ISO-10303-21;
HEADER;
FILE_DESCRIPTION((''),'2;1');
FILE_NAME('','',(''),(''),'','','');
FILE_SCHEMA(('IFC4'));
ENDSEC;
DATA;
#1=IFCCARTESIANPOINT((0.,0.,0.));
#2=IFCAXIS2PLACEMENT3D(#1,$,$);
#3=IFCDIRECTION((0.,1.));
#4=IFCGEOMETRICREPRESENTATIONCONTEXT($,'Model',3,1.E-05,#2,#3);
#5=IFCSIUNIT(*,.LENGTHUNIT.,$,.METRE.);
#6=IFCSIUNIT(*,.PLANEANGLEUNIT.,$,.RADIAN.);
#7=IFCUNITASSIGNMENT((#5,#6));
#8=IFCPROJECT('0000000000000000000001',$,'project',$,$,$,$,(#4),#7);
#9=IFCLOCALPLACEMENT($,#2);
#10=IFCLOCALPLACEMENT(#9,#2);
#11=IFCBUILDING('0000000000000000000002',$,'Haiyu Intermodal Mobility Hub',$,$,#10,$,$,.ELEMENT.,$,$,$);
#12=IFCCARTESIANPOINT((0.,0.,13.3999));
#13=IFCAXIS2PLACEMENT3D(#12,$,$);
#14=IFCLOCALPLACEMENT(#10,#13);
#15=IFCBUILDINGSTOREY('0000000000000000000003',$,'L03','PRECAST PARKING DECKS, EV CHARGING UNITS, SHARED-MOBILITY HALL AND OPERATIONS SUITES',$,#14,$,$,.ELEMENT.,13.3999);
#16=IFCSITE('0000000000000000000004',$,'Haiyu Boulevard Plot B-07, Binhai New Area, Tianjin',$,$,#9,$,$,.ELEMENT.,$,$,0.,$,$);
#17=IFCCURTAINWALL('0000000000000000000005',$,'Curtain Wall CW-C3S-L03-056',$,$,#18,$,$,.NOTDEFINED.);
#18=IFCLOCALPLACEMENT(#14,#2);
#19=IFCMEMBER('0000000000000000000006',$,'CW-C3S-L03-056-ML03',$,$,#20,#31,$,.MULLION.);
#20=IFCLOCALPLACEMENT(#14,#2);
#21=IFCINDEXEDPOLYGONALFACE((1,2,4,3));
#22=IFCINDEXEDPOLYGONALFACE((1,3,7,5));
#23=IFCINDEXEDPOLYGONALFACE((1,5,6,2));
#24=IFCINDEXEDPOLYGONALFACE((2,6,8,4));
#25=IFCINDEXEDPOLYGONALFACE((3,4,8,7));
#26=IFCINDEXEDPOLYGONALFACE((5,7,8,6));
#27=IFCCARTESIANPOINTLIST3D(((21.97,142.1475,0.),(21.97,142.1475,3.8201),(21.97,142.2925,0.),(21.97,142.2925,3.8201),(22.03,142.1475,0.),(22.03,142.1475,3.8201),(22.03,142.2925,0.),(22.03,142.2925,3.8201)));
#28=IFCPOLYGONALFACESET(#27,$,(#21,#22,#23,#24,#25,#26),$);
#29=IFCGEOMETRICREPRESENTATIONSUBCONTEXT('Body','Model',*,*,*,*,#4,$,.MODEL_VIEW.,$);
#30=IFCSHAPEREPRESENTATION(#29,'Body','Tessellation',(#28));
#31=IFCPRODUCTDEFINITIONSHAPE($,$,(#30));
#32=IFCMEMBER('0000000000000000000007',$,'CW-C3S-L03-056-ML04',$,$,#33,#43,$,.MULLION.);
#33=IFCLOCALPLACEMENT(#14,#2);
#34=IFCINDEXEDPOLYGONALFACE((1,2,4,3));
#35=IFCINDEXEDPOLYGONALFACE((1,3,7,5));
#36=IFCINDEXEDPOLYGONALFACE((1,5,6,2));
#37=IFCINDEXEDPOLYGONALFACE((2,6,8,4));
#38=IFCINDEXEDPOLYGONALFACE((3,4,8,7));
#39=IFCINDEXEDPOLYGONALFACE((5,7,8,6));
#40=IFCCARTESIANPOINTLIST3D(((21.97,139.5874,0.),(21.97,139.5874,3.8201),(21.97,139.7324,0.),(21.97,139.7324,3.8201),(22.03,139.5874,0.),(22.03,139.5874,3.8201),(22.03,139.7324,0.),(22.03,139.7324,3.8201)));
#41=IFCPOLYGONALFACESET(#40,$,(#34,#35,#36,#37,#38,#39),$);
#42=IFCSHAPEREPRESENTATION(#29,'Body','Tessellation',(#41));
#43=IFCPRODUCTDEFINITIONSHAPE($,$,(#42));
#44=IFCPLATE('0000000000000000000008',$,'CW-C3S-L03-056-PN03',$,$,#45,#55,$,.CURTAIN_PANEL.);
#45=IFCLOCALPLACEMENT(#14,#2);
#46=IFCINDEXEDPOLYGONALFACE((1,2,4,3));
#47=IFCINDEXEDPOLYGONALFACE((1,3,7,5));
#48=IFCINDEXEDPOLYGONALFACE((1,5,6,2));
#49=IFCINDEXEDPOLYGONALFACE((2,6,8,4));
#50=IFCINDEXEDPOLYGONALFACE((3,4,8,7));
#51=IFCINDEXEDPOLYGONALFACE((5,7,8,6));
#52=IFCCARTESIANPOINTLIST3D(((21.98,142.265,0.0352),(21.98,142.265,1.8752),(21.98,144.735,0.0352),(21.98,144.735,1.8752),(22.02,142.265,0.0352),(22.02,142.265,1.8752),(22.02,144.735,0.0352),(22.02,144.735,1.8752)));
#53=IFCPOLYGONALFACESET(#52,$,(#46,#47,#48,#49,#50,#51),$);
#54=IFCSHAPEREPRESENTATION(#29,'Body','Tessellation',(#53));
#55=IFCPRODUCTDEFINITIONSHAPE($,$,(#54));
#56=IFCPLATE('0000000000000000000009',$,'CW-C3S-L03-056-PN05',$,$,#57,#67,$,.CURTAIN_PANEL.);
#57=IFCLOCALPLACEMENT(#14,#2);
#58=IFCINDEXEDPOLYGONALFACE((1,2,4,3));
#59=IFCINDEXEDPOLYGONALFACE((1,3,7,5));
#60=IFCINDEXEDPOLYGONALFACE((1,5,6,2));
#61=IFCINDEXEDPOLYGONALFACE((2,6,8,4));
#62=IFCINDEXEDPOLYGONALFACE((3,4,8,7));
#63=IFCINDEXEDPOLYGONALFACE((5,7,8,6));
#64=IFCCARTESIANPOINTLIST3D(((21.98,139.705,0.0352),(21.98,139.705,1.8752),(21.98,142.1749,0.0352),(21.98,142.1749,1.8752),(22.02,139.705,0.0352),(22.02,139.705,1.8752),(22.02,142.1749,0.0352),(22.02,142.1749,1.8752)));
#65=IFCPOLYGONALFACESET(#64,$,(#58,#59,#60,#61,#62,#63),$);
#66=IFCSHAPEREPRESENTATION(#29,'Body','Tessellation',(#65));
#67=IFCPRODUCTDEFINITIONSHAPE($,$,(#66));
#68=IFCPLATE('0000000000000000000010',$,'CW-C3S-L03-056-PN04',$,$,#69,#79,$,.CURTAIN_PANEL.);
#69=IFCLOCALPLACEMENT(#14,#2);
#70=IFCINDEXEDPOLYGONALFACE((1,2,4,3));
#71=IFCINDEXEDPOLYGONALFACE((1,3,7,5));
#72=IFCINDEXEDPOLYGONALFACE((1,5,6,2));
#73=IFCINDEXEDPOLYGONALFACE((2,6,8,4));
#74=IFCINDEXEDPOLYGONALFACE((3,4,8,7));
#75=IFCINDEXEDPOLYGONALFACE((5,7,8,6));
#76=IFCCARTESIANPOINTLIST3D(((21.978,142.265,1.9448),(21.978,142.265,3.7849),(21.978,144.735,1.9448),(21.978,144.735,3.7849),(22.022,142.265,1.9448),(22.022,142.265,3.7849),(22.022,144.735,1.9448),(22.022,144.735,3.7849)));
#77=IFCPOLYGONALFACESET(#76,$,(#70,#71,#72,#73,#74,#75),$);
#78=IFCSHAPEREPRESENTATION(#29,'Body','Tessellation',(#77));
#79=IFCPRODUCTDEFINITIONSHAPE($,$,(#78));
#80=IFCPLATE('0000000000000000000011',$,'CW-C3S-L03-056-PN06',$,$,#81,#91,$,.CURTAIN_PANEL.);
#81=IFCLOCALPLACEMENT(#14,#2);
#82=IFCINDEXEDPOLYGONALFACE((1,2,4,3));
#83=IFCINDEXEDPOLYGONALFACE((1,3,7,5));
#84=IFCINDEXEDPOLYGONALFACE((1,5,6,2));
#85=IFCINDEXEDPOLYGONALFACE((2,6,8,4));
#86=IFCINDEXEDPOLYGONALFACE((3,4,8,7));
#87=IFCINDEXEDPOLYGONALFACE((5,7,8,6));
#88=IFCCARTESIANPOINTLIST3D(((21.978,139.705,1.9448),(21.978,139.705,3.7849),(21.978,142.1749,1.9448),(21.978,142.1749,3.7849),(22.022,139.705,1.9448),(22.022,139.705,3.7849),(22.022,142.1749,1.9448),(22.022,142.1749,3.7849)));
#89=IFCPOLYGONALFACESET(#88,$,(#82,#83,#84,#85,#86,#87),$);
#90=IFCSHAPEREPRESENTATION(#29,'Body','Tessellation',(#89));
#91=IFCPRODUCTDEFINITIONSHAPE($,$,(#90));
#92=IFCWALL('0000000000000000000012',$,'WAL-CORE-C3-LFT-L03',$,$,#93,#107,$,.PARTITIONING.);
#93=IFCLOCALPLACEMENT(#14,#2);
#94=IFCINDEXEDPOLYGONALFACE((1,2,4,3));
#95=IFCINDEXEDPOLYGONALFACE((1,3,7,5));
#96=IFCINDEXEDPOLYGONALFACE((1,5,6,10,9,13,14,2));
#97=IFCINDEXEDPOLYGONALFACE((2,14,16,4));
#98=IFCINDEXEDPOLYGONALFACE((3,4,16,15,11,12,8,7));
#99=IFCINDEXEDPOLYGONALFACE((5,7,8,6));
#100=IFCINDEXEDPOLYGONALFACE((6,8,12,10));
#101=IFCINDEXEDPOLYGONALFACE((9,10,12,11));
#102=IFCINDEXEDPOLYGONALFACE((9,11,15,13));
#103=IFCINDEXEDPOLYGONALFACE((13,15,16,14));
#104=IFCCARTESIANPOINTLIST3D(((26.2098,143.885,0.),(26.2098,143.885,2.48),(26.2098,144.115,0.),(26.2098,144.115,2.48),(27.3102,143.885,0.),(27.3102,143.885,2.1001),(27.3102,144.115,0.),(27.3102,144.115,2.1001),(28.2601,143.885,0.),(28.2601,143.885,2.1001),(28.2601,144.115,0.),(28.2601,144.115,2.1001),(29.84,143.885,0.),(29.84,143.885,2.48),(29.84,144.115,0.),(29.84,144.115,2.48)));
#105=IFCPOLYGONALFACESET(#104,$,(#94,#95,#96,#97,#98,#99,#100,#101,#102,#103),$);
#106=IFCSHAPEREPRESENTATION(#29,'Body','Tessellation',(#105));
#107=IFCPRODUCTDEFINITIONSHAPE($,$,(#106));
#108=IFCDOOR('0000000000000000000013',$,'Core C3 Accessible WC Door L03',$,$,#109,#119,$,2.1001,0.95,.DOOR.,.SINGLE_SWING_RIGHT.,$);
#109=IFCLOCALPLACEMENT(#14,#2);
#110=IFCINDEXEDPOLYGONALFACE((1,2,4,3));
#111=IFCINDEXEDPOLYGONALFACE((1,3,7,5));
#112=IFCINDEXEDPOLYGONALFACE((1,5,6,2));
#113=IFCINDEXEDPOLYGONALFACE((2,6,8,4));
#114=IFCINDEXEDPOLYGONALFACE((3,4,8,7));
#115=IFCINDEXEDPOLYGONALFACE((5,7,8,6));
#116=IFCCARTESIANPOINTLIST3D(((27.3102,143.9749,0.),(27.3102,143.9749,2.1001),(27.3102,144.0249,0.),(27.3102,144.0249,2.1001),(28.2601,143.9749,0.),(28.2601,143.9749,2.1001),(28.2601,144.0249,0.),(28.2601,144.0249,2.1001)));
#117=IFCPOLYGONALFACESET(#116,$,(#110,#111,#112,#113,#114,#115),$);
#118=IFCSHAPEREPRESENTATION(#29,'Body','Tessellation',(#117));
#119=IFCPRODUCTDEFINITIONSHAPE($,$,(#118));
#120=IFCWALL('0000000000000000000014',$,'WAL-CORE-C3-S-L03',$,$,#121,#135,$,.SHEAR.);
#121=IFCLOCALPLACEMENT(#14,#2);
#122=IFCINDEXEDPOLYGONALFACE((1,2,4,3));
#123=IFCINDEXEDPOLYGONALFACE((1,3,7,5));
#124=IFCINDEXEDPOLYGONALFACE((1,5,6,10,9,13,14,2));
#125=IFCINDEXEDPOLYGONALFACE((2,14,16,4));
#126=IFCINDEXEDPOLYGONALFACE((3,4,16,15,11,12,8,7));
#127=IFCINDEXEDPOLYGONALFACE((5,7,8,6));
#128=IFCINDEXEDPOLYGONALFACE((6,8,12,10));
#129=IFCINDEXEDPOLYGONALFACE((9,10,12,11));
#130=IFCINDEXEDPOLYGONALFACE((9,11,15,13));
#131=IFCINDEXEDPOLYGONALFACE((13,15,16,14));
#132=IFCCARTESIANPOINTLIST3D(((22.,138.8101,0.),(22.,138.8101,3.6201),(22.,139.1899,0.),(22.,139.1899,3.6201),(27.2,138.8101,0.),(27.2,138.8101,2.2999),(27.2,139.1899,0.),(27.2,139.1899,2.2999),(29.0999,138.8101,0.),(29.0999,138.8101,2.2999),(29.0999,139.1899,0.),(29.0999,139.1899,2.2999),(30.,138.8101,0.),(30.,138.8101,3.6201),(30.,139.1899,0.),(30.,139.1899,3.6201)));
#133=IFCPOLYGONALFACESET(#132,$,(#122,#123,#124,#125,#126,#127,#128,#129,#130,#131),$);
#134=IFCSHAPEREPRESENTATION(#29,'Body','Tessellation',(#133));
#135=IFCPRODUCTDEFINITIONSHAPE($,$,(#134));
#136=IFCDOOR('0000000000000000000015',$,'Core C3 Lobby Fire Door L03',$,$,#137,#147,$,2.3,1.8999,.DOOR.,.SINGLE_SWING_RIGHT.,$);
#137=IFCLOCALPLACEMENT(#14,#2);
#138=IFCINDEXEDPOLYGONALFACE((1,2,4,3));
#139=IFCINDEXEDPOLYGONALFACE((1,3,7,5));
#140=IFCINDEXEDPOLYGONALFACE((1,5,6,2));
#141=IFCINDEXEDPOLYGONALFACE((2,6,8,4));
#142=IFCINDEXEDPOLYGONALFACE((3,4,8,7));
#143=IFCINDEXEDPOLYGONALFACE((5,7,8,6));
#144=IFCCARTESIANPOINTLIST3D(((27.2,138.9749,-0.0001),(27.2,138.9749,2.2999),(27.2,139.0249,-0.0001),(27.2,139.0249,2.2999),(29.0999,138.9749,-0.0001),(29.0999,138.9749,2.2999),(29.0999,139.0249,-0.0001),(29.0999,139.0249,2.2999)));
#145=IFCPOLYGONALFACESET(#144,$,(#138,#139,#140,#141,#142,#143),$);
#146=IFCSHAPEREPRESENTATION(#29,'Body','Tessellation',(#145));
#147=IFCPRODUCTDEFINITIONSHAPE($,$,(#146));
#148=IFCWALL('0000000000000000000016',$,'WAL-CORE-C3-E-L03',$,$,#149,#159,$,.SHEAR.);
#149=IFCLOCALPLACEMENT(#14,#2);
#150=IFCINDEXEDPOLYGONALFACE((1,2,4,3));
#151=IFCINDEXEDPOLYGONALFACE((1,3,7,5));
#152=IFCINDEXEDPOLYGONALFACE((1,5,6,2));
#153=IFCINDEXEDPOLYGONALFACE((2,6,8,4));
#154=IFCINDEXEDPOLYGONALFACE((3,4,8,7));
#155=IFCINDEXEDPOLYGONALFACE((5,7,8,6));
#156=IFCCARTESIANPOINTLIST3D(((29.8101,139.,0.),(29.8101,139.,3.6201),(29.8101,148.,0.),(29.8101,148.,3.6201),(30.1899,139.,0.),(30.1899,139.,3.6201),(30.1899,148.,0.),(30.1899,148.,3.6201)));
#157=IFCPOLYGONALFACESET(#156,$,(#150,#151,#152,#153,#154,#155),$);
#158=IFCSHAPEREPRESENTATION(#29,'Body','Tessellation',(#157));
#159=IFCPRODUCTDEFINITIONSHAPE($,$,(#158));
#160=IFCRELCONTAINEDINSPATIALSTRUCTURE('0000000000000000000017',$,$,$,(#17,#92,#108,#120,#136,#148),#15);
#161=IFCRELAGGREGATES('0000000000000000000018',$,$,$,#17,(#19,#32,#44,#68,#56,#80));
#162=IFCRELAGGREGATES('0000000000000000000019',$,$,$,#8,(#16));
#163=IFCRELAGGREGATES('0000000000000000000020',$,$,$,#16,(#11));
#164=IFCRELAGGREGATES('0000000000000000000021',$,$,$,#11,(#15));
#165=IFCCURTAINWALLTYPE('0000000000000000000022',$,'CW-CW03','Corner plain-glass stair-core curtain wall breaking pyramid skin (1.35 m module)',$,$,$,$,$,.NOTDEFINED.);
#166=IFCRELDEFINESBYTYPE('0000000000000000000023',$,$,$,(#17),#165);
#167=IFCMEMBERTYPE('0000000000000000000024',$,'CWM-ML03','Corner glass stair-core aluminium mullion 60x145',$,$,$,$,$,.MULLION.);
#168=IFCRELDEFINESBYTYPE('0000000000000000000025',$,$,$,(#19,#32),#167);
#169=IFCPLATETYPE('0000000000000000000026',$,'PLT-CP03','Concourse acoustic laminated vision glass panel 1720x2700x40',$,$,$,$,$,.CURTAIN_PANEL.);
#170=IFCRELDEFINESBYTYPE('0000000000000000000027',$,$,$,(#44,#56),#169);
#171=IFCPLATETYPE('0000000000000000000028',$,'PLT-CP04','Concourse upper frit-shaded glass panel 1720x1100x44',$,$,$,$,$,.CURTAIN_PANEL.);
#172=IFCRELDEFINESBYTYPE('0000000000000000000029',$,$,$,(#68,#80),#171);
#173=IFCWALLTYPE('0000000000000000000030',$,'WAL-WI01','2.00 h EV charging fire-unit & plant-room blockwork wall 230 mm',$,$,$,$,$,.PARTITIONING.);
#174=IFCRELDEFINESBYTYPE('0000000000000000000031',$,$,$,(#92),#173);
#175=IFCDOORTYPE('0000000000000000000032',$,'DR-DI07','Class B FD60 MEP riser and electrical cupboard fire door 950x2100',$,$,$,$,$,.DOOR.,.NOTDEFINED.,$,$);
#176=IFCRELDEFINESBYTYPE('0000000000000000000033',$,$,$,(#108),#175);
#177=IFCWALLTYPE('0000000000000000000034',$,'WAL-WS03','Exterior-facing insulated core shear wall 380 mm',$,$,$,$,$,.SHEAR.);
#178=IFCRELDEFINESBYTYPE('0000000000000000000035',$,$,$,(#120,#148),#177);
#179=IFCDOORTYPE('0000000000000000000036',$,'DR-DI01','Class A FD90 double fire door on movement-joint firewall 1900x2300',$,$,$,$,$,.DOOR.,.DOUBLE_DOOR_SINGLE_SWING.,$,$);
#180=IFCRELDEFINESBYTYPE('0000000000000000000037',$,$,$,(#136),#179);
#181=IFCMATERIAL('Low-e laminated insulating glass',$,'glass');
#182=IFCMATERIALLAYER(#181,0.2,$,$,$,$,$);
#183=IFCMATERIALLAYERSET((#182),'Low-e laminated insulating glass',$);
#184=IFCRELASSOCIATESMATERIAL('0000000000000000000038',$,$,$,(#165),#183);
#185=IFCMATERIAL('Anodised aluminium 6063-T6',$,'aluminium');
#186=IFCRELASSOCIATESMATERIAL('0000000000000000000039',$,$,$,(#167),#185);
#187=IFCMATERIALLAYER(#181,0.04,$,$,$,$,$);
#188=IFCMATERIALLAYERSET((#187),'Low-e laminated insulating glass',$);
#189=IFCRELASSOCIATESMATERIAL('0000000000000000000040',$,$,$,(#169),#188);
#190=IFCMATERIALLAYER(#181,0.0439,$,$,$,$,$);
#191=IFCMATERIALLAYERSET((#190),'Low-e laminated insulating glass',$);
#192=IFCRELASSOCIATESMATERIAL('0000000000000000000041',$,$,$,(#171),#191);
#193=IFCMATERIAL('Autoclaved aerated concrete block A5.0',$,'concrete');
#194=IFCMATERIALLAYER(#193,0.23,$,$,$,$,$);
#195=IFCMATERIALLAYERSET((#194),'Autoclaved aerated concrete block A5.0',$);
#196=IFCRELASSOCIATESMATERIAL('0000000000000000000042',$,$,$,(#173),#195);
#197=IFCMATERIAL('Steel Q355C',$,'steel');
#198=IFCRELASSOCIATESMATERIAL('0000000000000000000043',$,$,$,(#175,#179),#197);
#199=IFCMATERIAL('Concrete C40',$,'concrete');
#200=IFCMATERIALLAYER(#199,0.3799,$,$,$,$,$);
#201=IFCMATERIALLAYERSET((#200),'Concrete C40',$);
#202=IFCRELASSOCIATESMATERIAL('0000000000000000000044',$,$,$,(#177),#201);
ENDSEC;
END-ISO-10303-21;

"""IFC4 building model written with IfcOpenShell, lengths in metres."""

from ifc_helpers import new_model, si_unit, direction, frame, frame_2d, origin, origin_2d, place, context, subcontext, project, spatial, rectangle, extrude, material, layer, layer_set, material_profile, profile_set, type_object, element, fill, aggregate, save


model = new_model("IFC4")

# Units and contexts
model_context = context("Model", 3, precision=1e-05, world=origin(), true_north=direction((0.0, 1.0)))
body_context = subcontext(model_context, "Body", "Model", "MODEL_VIEW")
ifc_project = project(units=[si_unit("LENGTHUNIT", "METRE"), si_unit("PLANEANGLEUNIT", "RADIAN")], contexts=[model_context])

# Site, building, storey
site_placement = place(None, origin())
site = spatial("IfcSite", under=ifc_project, at=site_placement, Name="Haiyu Boulevard Plot B-07, Binhai New Area, Tianjin", CompositionType="ELEMENT", RefElevation=0.0)
building_placement = place(site_placement, origin())
building = spatial("IfcBuilding", under=site, at=building_placement, Name="Haiyu Intermodal Mobility Hub", CompositionType="ELEMENT")
storey_placement = place(building_placement, frame((0.0, 0.0, 13.3999)))
storey = spatial("IfcBuildingStorey", under=building, at=storey_placement, Name="L03", Description="PRECAST PARKING DECKS, EV CHARGING UNITS, SHARED-MOBILITY HALL AND OPERATIONS SUITES", CompositionType="ELEMENT", Elevation=13.3999)

# Shared definitions
ifc_material_1 = material(Name="Steel Q355C", Category="steel")

# Curtain wall, members, plates
ifc_material_2 = material(Name="Low-e laminated insulating glass", Category="glass")
ifc_layer_1 = layer(ifc_material_2, 0.2)
ifc_layer_set_1 = layer_set([ifc_layer_1], Name="Low-e laminated insulating glass")
curtain_wall_type = type_object("IfcCurtainWallType", Name="CW-CW03", Description="Corner plain-glass stair-core curtain wall breaking pyramid skin (1.35 m module)", PredefinedType="NOTDEFINED", material=ifc_layer_set_1)
curtain_wall_placement = place(storey_placement, origin())
curtain_wall = element("IfcCurtainWall", 1, at=curtain_wall_placement, inside=storey, type_object=curtain_wall_type, Name="Curtain Wall CW-C3S-L03-056", PredefinedType="NOTDEFINED")
ifc_material_3 = material(Name="Anodised aluminium 6063-T6", Category="aluminium")
ifc_material_profile_1 = material_profile(ifc_material_3, rectangle(XDim=0.0601, YDim=0.145, at=origin_2d()), Name="ALU60x145")
ifc_profile_set_1 = profile_set([ifc_material_profile_1], Name="Anodised aluminium 6063-T6")
member_type = type_object("IfcMemberType", Name="CWM-ML03", Description="Corner glass stair-core aluminium mullion 60x145", PredefinedType="MULLION", material=ifc_profile_set_1)
member_1_placement = place(storey_placement, frame((22.0, 142.22, 0.0), z_axis=(0.0, 0.0, 1.0), x_axis=(1.0, 0.0, 0.0)))
member_1 = element("IfcMember", 2, at=member_1_placement, type_object=member_type, Name="CW-C3S-L03-056-ML03", PredefinedType="MULLION", context=body_context, shape_type="SweptSolid", body=[
    extrude(rectangle(XDim=0.0601, YDim=0.145, at=origin_2d()), origin(), (0.0, 0.0, 1.0), 3.8201),
])
member_2_placement = place(storey_placement, frame((22.0, 139.6599, 0.0), z_axis=(0.0, 0.0, 1.0), x_axis=(1.0, 0.0, 0.0)))
member_2 = element("IfcMember", 3, at=member_2_placement, type_object=member_type, Name="CW-C3S-L03-056-ML04", PredefinedType="MULLION", context=body_context, shape_type="SweptSolid", body=[
    extrude(rectangle(XDim=0.0601, YDim=0.145, at=origin_2d()), origin(), (0.0, 0.0, 1.0), 3.8201),
])
ifc_layer_2 = layer(ifc_material_2, 0.04)
ifc_layer_set_2 = layer_set([ifc_layer_2], Name="Low-e laminated insulating glass")
plate_type_1 = type_object("IfcPlateType", Name="PLT-CP03", Description="Concourse acoustic laminated vision glass panel 1720x2700x40", PredefinedType="CURTAIN_PANEL", material=ifc_layer_set_2)
plate_1_placement = place(storey_placement, frame((22.0, 143.5, 0.0352), z_axis=(0.0, 0.0, 1.0), x_axis=(0.0, -1.0, 0.0)))
plate_1 = element("IfcPlate", 4, at=plate_1_placement, type_object=plate_type_1, Name="CW-C3S-L03-056-PN03", PredefinedType="CURTAIN_PANEL", context=body_context, shape_type="SweptSolid", body=[
    extrude(rectangle(XDim=2.47, YDim=0.04, at=origin_2d()), origin(), (0.0, 0.0, 1.0), 1.8401),
])
plate_2_placement = place(storey_placement, frame((22.0, 140.9399, 0.0352), z_axis=(0.0, 0.0, 1.0), x_axis=(0.0, -1.0, 0.0)))
plate_2 = element("IfcPlate", 5, at=plate_2_placement, type_object=plate_type_1, Name="CW-C3S-L03-056-PN05", PredefinedType="CURTAIN_PANEL", context=body_context, shape_type="SweptSolid", body=[
    extrude(rectangle(XDim=2.47, YDim=0.04, at=origin_2d()), origin(), (0.0, 0.0, 1.0), 1.8401),
])
ifc_layer_3 = layer(ifc_material_2, 0.0439)
ifc_layer_set_3 = layer_set([ifc_layer_3], Name="Low-e laminated insulating glass")
plate_type_2 = type_object("IfcPlateType", Name="PLT-CP04", Description="Concourse upper frit-shaded glass panel 1720x1100x44", PredefinedType="CURTAIN_PANEL", material=ifc_layer_set_3)
plate_3_placement = place(storey_placement, frame((22.0, 143.5, 1.9448), z_axis=(0.0, 0.0, 1.0), x_axis=(0.0, -1.0, 0.0)))
plate_3 = element("IfcPlate", 6, at=plate_3_placement, type_object=plate_type_2, Name="CW-C3S-L03-056-PN04", PredefinedType="CURTAIN_PANEL", context=body_context, shape_type="SweptSolid", body=[
    extrude(rectangle(XDim=2.47, YDim=0.0439, at=origin_2d()), origin(), (0.0, 0.0, 1.0), 1.8401),
])
plate_4_placement = place(storey_placement, frame((22.0, 140.9399, 1.9448), z_axis=(0.0, 0.0, 1.0), x_axis=(0.0, -1.0, 0.0)))
plate_4 = element("IfcPlate", 7, at=plate_4_placement, type_object=plate_type_2, Name="CW-C3S-L03-056-PN06", PredefinedType="CURTAIN_PANEL", context=body_context, shape_type="SweptSolid", body=[
    extrude(rectangle(XDim=2.47, YDim=0.0439, at=origin_2d()), origin(), (0.0, 0.0, 1.0), 1.8401),
])
aggregate(curtain_wall, [member_1, member_2, plate_1, plate_3, plate_2, plate_4])

# Walls, openings, doors
ifc_material_4 = material(Name="Autoclaved aerated concrete block A5.0", Category="concrete")
ifc_layer_4 = layer(ifc_material_4, 0.23)
ifc_layer_set_4 = layer_set([ifc_layer_4], Name="Autoclaved aerated concrete block A5.0")
wall_type_1 = type_object("IfcWallType", Name="WAL-WI01", Description="2.00 h EV charging fire-unit & plant-room blockwork wall 230 mm", PredefinedType="PARTITIONING", material=ifc_layer_set_4)
wall_1_placement = place(storey_placement, frame((26.21, 144.0, 0.0), z_axis=(0.0, 0.0, 1.0), x_axis=(1.0, 0.0, 0.0)))
wall_1 = element("IfcWall", 8, at=wall_1_placement, inside=storey, type_object=wall_type_1, Name="WAL-CORE-C3-LFT-L03", PredefinedType="PARTITIONING", context=body_context, shape_type="SweptSolid", body=[
    extrude(rectangle(XDim=3.6301, YDim=0.23, at=frame_2d((1.8149, 0.0))), origin(), (0.0, 0.0, 1.0), 2.48),
])
opening_1_placement = place(wall_1_placement, frame((1.1001, 0.0, 0.0)))
opening_1 = element("IfcOpeningElement", 9, at=opening_1_placement, cuts=wall_1, PredefinedType="OPENING", context=body_context, shape_type="SweptSolid", body=[
    extrude(rectangle(XDim=0.95, YDim=2.1001, at=frame_2d((0.4751, 1.05))), frame((0.0, 0.125, 0.0), z_axis=(0.0, -1.0, 0.0), x_axis=(1.0, 0.0, 0.0)), (0.0, 0.0, 1.0), 0.25),
])
door_type_1 = type_object("IfcDoorType", Name="DR-DI07", Description="Class B FD60 MEP riser and electrical cupboard fire door 950x2100", OperationType="NOTDEFINED", PredefinedType="DOOR", material=ifc_material_1)
door_1_placement = place(opening_1_placement, origin())
door_1 = element("IfcDoor", 10, at=door_1_placement, inside=storey, type_object=door_type_1, Name="Core C3 Accessible WC Door L03", OperationType="SINGLE_SWING_RIGHT", OverallHeight=2.1001, OverallWidth=0.95, PredefinedType="DOOR", context=body_context, shape_type="SweptSolid", body=[
    extrude(rectangle(XDim=0.95, YDim=2.1001, at=frame_2d((0.4751, 1.05))), frame((0.0, 0.0249, 0.0), z_axis=(0.0, -1.0, 0.0), x_axis=(1.0, 0.0, 0.0)), (0.0, 0.0, 1.0), 0.05),
])
fill(opening_1, door_1)
ifc_material_5 = material(Name="Concrete C40", Category="concrete")
ifc_layer_5 = layer(ifc_material_5, 0.3799)
ifc_layer_set_5 = layer_set([ifc_layer_5], Name="Concrete C40")
wall_type_2 = type_object("IfcWallType", Name="WAL-WS03", Description="Exterior-facing insulated core shear wall 380 mm", PredefinedType="SHEAR", material=ifc_layer_set_5)
wall_2_placement = place(storey_placement, frame((22.0, 139.0, 0.0), z_axis=(0.0, 0.0, 1.0), x_axis=(1.0, 0.0, 0.0)))
wall_2 = element("IfcWall", 11, at=wall_2_placement, inside=storey, type_object=wall_type_2, Name="WAL-CORE-C3-S-L03", PredefinedType="SHEAR", context=body_context, shape_type="SweptSolid", body=[
    extrude(rectangle(XDim=8.0, YDim=0.3799, at=frame_2d((4.0, 0.0))), origin(), (0.0, 0.0, 1.0), 3.6201),
])
opening_2_placement = place(wall_2_placement, frame((5.2, 0.0, 0.0)))
opening_2 = element("IfcOpeningElement", 12, at=opening_2_placement, cuts=wall_2, PredefinedType="OPENING", context=body_context, shape_type="SweptSolid", body=[
    extrude(rectangle(XDim=1.8999, YDim=2.3, at=frame_2d((0.95, 1.1499))), frame((0.0, 0.2, 0.0), z_axis=(0.0, -1.0, 0.0), x_axis=(1.0, 0.0, 0.0)), (0.0, 0.0, 1.0), 0.3999),
])
door_type_2 = type_object("IfcDoorType", Name="DR-DI01", Description="Class A FD90 double fire door on movement-joint firewall 1900x2300", OperationType="DOUBLE_DOOR_SINGLE_SWING", PredefinedType="DOOR", material=ifc_material_1)
door_2_placement = place(opening_2_placement, origin())
door_2 = element("IfcDoor", 13, at=door_2_placement, inside=storey, type_object=door_type_2, Name="Core C3 Lobby Fire Door L03", OperationType="SINGLE_SWING_RIGHT", OverallHeight=2.3, OverallWidth=1.8999, PredefinedType="DOOR", context=body_context, shape_type="SweptSolid", body=[
    extrude(rectangle(XDim=1.8999, YDim=2.3, at=frame_2d((0.95, 1.1499))), frame((0.0, 0.0249, 0.0), z_axis=(0.0, -1.0, 0.0), x_axis=(1.0, 0.0, 0.0)), (0.0, 0.0, 1.0), 0.05),
])
fill(opening_2, door_2)

# Wall
wall_3_placement = place(storey_placement, frame((30.0, 139.0, 0.0), z_axis=(0.0, 0.0, 1.0), x_axis=(0.0, 1.0, 0.0)))
element("IfcWall", 14, at=wall_3_placement, inside=storey, type_object=wall_type_2, Name="WAL-CORE-C3-E-L03", PredefinedType="SHEAR", context=body_context, shape_type="SweptSolid", body=[
    extrude(rectangle(XDim=9.0, YDim=0.3799, at=frame_2d((4.5, 0.0))), origin(), (0.0, 0.0, 1.0), 3.6201),
])

save(model, "model.ifc")
